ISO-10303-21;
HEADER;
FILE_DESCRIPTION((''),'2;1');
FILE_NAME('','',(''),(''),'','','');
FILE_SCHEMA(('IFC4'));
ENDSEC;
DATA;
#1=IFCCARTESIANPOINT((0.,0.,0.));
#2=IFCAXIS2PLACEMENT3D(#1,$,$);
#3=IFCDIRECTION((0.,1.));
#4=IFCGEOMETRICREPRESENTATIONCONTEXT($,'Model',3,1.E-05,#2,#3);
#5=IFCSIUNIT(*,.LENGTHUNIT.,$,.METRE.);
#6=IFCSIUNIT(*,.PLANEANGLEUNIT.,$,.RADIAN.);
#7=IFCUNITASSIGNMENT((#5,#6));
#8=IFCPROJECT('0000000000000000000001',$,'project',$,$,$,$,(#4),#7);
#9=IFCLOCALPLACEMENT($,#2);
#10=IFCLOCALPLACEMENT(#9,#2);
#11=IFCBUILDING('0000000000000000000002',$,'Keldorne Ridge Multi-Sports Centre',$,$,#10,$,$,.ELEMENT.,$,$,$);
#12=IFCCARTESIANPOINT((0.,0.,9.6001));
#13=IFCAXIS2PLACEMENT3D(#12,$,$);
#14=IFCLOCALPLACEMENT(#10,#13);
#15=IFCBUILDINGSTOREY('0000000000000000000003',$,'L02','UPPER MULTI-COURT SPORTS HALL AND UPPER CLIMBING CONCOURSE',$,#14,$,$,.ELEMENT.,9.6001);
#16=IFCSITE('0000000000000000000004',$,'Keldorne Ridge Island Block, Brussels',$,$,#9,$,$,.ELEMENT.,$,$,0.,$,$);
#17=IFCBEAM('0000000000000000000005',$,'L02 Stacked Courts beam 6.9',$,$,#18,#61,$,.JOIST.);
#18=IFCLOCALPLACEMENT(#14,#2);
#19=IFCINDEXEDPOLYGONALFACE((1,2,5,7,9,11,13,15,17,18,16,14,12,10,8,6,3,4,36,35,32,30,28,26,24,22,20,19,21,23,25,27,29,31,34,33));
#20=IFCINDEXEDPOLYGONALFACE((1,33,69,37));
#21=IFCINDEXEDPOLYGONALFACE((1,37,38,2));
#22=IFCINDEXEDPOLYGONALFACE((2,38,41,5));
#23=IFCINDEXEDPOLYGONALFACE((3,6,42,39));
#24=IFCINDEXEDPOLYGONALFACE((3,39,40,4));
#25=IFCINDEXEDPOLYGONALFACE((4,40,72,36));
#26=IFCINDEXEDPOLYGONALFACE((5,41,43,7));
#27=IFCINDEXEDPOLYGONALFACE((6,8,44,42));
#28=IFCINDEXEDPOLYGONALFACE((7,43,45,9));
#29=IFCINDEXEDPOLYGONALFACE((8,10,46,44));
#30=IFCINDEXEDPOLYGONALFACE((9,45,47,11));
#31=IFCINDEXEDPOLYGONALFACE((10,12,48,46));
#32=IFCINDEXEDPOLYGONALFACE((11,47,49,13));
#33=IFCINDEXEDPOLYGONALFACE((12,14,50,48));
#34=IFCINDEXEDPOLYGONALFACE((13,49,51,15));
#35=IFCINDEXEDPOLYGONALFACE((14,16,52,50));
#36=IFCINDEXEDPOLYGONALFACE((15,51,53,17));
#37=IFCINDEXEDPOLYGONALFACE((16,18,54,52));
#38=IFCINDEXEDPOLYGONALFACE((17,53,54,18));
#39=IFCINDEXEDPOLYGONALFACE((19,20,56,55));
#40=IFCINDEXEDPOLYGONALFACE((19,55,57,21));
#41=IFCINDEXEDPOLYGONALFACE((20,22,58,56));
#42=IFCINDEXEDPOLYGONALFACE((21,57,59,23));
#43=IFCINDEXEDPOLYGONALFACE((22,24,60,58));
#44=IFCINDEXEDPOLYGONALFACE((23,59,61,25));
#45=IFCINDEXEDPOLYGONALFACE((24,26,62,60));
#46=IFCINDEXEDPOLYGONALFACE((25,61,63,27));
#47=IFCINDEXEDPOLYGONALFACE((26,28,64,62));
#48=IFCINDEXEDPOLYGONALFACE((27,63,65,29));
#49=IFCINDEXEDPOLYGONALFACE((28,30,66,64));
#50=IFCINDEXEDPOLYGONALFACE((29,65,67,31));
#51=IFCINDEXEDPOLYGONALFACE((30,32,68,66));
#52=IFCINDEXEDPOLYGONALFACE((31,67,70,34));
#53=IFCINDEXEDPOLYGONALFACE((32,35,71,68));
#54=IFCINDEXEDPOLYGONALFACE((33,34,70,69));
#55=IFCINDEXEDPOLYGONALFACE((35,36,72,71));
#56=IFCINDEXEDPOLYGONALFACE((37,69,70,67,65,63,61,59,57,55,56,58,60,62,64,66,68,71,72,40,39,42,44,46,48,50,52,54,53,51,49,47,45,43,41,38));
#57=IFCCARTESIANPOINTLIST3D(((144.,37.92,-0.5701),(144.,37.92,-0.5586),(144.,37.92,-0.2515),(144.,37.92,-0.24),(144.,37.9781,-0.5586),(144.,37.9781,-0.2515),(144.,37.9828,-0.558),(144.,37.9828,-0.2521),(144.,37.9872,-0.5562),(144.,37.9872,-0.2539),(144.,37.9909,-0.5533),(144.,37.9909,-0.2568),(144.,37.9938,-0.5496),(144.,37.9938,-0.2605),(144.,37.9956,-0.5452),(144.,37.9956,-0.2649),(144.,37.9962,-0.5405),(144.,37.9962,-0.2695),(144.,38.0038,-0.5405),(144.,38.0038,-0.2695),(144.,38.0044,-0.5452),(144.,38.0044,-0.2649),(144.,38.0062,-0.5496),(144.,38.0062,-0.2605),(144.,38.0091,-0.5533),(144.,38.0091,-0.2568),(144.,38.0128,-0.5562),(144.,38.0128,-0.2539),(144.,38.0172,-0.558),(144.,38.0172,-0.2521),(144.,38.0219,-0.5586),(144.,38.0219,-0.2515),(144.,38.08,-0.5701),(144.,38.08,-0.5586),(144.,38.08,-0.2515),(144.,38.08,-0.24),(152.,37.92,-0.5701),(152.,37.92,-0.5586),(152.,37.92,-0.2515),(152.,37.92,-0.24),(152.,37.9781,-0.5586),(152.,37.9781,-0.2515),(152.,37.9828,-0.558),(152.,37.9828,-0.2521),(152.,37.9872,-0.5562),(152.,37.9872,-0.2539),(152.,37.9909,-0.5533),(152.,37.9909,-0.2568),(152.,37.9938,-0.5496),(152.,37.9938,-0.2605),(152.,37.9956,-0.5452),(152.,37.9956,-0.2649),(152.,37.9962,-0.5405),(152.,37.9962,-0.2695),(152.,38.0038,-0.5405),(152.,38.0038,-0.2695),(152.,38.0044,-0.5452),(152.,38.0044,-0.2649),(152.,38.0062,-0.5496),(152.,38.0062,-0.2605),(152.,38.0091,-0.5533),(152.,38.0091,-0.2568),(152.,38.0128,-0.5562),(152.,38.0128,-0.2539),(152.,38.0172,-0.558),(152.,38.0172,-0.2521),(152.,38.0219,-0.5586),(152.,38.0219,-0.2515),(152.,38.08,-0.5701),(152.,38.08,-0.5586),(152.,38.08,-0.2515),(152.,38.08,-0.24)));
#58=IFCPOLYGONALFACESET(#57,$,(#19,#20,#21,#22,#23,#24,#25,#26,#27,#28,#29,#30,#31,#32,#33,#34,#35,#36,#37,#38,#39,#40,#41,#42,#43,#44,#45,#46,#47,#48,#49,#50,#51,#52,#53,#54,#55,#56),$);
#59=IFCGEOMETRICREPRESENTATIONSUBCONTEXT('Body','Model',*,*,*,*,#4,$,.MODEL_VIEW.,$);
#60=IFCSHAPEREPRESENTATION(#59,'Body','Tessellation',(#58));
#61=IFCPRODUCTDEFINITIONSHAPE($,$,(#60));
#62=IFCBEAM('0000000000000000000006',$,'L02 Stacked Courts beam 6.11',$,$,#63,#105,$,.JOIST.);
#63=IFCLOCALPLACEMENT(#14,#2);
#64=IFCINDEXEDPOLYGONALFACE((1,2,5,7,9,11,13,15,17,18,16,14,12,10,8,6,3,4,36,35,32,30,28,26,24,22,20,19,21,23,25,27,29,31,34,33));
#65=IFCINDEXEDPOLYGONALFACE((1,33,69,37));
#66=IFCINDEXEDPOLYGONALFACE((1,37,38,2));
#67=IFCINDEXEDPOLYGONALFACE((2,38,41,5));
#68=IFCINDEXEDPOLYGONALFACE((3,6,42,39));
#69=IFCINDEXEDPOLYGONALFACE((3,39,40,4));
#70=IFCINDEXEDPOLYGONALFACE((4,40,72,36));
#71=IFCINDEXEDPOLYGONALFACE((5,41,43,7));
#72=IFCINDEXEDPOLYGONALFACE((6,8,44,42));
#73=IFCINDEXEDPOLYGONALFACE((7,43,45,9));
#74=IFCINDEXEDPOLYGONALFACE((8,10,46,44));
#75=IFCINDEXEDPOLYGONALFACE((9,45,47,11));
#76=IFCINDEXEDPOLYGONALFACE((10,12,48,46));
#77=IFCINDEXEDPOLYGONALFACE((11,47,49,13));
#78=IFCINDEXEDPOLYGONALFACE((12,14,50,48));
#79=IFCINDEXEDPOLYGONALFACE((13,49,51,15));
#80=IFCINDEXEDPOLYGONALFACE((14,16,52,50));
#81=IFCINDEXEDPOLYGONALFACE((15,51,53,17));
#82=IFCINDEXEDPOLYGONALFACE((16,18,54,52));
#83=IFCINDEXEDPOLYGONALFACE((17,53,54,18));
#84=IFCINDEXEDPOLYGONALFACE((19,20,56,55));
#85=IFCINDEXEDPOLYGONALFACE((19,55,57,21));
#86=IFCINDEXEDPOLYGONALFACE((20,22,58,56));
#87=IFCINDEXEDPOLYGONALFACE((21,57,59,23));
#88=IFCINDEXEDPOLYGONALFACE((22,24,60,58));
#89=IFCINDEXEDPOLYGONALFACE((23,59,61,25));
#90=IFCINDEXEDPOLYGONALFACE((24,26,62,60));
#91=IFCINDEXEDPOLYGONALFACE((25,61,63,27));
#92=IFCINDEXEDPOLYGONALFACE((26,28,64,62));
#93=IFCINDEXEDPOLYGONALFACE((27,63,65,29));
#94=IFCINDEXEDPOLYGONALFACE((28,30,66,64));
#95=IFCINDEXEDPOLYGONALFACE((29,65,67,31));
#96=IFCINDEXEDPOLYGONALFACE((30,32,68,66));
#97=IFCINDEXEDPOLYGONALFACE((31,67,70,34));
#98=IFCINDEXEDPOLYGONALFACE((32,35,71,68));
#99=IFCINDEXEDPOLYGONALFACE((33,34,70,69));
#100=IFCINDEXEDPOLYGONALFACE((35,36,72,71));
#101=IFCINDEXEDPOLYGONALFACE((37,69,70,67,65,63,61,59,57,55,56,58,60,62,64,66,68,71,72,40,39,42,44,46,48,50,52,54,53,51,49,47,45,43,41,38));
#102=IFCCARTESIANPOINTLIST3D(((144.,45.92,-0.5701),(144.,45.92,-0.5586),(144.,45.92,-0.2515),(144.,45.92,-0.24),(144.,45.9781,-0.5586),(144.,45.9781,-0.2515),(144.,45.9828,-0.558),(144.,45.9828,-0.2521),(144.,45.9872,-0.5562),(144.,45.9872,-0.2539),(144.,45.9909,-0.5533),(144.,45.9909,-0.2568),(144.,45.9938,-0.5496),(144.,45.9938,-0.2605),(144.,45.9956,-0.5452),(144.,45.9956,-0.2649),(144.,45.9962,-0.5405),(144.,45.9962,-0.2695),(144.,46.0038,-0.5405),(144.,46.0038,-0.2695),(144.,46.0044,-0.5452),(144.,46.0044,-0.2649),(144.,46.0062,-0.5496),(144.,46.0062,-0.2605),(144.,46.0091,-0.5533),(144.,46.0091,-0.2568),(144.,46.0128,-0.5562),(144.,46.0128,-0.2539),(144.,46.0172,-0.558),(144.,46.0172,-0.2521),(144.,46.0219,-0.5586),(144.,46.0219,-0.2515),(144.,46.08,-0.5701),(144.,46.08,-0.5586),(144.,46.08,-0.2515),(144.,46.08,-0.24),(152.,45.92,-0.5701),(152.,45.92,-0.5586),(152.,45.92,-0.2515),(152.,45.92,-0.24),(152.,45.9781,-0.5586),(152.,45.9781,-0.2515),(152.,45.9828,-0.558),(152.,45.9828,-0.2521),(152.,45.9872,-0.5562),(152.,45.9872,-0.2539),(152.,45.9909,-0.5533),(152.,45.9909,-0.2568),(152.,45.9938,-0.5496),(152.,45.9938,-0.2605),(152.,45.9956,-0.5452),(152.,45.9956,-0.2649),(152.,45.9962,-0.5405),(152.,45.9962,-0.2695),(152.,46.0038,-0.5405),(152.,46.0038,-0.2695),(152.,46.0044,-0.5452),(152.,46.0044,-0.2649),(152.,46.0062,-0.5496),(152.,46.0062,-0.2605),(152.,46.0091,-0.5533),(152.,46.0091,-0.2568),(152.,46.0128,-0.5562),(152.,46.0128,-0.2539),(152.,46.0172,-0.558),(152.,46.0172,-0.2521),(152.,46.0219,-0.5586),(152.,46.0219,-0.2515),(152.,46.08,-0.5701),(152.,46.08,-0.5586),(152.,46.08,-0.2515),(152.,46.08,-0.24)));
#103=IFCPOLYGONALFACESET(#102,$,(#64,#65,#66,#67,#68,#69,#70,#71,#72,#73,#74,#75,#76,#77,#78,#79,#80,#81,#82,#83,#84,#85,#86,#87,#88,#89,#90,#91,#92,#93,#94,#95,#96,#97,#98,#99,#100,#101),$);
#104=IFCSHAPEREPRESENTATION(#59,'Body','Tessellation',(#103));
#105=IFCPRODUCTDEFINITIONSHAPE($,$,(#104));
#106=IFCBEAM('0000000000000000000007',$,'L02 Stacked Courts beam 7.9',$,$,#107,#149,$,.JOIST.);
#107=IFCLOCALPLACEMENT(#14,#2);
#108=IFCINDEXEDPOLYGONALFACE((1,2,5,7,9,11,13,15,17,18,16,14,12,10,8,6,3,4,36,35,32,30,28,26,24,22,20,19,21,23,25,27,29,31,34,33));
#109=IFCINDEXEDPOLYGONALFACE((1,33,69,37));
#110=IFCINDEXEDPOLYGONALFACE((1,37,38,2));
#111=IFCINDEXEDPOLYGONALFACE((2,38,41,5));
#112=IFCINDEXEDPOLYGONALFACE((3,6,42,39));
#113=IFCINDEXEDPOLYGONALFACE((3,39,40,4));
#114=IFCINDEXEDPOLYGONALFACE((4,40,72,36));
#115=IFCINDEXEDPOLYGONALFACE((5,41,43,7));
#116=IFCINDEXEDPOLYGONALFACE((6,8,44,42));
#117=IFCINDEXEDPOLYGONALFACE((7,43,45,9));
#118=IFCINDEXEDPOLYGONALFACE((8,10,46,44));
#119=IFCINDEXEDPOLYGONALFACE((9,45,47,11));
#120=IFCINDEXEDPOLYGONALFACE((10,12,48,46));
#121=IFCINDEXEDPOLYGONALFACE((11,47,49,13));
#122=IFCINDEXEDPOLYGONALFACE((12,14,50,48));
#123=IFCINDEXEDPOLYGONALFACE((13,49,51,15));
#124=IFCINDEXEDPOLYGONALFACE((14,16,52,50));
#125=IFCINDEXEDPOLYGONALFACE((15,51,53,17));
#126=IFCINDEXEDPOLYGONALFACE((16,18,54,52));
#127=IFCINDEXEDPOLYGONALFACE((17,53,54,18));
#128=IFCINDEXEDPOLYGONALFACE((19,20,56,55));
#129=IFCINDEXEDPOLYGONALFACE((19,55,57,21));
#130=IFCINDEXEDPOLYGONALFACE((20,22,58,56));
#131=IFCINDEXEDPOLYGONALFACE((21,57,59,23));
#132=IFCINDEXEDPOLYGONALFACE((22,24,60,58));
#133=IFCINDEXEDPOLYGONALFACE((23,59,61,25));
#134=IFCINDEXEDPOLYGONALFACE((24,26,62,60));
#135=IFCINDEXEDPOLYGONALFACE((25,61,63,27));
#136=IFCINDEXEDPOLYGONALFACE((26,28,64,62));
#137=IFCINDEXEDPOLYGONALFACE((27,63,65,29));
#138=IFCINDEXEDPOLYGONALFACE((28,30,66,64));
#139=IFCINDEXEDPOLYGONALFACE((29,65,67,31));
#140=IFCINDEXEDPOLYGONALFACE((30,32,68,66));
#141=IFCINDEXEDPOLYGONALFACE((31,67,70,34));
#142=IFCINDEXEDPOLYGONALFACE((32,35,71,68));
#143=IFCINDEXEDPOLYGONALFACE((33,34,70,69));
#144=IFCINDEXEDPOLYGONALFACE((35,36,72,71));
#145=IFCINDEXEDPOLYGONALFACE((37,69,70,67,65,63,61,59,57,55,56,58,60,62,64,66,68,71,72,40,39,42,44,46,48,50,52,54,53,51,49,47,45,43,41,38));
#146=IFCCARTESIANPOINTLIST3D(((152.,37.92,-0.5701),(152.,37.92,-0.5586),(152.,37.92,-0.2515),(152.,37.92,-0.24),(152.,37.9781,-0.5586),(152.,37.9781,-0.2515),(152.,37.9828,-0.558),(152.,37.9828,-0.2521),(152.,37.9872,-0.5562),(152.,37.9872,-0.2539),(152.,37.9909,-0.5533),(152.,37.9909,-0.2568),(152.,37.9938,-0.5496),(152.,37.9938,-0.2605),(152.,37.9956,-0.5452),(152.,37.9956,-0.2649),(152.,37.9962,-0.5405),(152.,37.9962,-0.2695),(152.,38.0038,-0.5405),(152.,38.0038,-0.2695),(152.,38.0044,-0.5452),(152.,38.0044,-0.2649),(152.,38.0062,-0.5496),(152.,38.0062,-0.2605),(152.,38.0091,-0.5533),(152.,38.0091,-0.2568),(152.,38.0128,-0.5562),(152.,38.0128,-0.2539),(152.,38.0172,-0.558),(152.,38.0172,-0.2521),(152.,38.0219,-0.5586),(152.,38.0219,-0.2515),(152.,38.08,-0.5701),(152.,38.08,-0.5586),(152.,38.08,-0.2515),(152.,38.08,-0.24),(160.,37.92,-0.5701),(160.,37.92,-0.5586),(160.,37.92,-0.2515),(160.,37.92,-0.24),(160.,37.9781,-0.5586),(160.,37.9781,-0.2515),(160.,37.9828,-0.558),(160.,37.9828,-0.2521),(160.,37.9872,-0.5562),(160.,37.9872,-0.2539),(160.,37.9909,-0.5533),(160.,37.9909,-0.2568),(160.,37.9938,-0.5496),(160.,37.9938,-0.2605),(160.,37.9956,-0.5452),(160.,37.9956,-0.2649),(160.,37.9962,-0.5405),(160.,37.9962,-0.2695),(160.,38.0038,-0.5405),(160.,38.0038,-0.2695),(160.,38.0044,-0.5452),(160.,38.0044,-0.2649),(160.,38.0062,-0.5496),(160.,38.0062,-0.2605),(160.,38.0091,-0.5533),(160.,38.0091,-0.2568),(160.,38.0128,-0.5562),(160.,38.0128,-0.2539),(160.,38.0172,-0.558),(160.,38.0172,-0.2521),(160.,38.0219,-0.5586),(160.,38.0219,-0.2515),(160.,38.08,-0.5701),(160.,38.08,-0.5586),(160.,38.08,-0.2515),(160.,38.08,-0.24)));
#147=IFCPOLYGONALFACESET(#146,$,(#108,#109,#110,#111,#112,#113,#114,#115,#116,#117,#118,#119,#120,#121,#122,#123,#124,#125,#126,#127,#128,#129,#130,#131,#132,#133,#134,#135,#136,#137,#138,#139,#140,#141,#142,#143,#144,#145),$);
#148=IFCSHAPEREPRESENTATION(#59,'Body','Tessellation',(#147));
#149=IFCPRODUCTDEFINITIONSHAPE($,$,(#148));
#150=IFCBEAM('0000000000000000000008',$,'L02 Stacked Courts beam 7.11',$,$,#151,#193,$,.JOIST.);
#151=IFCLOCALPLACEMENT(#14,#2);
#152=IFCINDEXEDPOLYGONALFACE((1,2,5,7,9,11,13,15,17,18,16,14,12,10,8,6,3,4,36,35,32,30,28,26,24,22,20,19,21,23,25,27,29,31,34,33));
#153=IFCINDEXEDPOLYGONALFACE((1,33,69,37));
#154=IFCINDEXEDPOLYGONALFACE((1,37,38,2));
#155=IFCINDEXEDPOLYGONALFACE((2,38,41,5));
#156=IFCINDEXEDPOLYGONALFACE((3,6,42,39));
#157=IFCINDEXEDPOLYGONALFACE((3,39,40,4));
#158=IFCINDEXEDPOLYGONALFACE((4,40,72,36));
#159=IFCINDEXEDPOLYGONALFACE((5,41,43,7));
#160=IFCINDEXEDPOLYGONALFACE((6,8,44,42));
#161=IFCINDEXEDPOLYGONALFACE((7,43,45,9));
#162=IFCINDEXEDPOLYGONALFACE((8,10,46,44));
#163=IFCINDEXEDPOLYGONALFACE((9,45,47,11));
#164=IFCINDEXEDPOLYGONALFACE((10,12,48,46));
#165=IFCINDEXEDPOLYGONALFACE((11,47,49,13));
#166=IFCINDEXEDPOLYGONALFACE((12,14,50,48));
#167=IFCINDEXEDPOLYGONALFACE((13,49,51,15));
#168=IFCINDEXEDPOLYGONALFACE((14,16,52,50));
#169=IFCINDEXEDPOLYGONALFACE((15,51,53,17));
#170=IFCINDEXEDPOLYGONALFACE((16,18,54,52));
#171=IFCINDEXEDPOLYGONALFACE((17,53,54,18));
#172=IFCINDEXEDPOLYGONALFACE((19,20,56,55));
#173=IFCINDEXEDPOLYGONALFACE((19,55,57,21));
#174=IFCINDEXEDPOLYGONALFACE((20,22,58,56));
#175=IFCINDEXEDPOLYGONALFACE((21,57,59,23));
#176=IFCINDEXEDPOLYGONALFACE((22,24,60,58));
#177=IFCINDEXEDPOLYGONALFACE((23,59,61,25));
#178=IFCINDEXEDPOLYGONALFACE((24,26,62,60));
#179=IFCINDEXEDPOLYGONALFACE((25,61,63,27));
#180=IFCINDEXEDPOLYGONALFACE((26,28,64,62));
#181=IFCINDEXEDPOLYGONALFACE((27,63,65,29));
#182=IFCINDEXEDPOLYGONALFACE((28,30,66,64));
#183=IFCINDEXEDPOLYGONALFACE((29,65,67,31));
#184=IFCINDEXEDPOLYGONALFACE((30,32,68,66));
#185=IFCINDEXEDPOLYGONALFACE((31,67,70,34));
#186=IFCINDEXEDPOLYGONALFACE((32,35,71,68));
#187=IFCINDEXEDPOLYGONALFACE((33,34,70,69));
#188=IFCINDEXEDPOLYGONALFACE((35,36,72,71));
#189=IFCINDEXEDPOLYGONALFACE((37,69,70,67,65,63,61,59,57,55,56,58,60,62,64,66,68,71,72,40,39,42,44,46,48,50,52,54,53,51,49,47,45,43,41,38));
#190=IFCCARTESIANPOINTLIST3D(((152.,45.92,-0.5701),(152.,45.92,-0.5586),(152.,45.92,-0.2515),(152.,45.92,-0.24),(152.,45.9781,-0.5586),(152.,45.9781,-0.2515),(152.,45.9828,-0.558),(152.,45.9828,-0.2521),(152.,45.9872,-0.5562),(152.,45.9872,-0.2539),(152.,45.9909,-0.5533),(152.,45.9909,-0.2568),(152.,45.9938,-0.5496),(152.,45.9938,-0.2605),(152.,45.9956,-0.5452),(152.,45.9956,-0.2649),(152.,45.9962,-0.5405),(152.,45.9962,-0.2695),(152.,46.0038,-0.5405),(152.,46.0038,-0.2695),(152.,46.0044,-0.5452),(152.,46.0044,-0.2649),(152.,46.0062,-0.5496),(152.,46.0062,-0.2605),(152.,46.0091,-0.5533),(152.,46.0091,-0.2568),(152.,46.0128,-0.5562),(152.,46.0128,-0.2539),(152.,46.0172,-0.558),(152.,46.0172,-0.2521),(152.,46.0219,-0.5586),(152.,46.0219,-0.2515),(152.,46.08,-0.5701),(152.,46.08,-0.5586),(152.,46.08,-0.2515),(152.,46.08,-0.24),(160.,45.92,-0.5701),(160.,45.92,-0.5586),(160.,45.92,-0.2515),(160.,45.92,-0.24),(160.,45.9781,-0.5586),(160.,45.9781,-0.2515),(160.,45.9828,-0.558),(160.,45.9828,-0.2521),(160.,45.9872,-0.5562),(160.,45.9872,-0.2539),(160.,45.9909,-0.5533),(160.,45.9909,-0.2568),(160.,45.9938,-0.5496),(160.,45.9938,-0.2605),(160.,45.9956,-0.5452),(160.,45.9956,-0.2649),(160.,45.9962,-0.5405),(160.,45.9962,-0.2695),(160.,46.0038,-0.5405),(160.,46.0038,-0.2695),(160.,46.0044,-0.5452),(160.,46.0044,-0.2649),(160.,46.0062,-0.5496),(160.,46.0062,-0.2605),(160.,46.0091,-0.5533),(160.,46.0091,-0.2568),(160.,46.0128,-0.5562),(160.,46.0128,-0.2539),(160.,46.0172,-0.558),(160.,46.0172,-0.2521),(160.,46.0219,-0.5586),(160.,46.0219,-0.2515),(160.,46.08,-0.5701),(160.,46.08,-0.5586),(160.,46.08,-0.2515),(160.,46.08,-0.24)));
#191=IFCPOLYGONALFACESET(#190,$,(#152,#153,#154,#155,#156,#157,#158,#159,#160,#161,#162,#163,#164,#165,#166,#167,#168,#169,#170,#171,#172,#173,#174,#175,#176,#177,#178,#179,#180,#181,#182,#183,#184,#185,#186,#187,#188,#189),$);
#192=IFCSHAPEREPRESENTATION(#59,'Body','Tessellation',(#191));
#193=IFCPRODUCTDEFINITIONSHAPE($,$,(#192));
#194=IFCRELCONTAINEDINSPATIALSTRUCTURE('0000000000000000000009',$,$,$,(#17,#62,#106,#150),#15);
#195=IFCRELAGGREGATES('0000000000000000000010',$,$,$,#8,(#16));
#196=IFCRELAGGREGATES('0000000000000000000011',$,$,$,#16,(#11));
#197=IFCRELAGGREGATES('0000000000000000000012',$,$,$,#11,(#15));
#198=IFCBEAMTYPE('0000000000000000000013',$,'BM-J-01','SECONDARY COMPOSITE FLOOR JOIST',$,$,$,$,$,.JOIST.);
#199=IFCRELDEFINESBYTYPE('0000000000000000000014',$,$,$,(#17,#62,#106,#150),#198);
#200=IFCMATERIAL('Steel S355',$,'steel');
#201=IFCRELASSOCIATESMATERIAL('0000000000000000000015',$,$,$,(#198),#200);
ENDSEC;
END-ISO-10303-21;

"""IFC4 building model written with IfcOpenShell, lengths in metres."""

from ifc_helpers import new_model, si_unit, direction, frame, origin, origin_2d, place, context, subcontext, project, spatial, i_section, extrude, material, material_profile, profile_set, type_object, element, save


model = new_model("IFC4")

# Units and contexts
model_context = context("Model", 3, precision=1e-05, world=origin(), true_north=direction((0.0, 1.0)))
body_context = subcontext(model_context, "Body", "Model", "MODEL_VIEW")
ifc_project = project(units=[si_unit("LENGTHUNIT", "METRE"), si_unit("PLANEANGLEUNIT", "RADIAN")], contexts=[model_context])

# Site, building, storey
site_placement = place(None, origin())
site = spatial("IfcSite", under=ifc_project, at=site_placement, Name="Keldorne Ridge Island Block, Brussels", CompositionType="ELEMENT", RefElevation=0.0)
building_placement = place(site_placement, origin())
building = spatial("IfcBuilding", under=site, at=building_placement, Name="Keldorne Ridge Multi-Sports Centre", CompositionType="ELEMENT")
storey_placement = place(building_placement, frame((0.0, 0.0, 9.6001)))
storey = spatial("IfcBuildingStorey", under=building, at=storey_placement, Name="L02", Description="UPPER MULTI-COURT SPORTS HALL AND UPPER CLIMBING CONCOURSE", CompositionType="ELEMENT", Elevation=9.6001)

# Shared definitions
ifc_material_1 = material(Name="Steel S355", Category="steel")

# Beams
ifc_material_profile_1 = material_profile(ifc_material_1, i_section(OverallWidth=0.1599, OverallDepth=0.3301, WebThickness=0.0076, FlangeThickness=0.0115, FilletRadius=0.0181, at=origin_2d()), Name="IPE 330")
ifc_profile_set_1 = profile_set([ifc_material_profile_1], Name="Steel S355")
beam_type_1 = type_object("IfcBeamType", Name="BM-J-01", Description="SECONDARY COMPOSITE FLOOR JOIST", PredefinedType="JOIST", material=ifc_profile_set_1)
for number, where, z_axis, x_axis, name in (
    (1, (144.0, 38.0, -0.405), (1.0, 0.0, 0.0), (0.0, 1.0, 0.0), "L02 Stacked Courts beam 6.9"),
    (2, (144.0, 46.0, -0.405), (1.0, 0.0, 0.0), (0.0, 1.0, 0.0), "L02 Stacked Courts beam 6.11"),
    (3, (152.0, 38.0, -0.405), (1.0, 0.0, 0.0), (0.0, 1.0, 0.0), "L02 Stacked Courts beam 7.9"),
    (4, (152.0, 46.0, -0.405), (1.0, 0.0, 0.0), (0.0, 1.0, 0.0), "L02 Stacked Courts beam 7.11"),
):
    element("IfcBeam", number, at=place(storey_placement, frame(where, z_axis=z_axis, x_axis=x_axis)), inside=storey, type_object=beam_type_1, Name=name, PredefinedType="JOIST", context=body_context, shape_type="SweptSolid", body=[
        extrude(i_section(OverallWidth=0.1599, OverallDepth=0.3301, WebThickness=0.0076, FlangeThickness=0.0115, FilletRadius=0.0181, at=origin_2d()), origin(), (0.0, 0.0, 1.0), 8.0),
    ])

save(model, "model.ifc")
